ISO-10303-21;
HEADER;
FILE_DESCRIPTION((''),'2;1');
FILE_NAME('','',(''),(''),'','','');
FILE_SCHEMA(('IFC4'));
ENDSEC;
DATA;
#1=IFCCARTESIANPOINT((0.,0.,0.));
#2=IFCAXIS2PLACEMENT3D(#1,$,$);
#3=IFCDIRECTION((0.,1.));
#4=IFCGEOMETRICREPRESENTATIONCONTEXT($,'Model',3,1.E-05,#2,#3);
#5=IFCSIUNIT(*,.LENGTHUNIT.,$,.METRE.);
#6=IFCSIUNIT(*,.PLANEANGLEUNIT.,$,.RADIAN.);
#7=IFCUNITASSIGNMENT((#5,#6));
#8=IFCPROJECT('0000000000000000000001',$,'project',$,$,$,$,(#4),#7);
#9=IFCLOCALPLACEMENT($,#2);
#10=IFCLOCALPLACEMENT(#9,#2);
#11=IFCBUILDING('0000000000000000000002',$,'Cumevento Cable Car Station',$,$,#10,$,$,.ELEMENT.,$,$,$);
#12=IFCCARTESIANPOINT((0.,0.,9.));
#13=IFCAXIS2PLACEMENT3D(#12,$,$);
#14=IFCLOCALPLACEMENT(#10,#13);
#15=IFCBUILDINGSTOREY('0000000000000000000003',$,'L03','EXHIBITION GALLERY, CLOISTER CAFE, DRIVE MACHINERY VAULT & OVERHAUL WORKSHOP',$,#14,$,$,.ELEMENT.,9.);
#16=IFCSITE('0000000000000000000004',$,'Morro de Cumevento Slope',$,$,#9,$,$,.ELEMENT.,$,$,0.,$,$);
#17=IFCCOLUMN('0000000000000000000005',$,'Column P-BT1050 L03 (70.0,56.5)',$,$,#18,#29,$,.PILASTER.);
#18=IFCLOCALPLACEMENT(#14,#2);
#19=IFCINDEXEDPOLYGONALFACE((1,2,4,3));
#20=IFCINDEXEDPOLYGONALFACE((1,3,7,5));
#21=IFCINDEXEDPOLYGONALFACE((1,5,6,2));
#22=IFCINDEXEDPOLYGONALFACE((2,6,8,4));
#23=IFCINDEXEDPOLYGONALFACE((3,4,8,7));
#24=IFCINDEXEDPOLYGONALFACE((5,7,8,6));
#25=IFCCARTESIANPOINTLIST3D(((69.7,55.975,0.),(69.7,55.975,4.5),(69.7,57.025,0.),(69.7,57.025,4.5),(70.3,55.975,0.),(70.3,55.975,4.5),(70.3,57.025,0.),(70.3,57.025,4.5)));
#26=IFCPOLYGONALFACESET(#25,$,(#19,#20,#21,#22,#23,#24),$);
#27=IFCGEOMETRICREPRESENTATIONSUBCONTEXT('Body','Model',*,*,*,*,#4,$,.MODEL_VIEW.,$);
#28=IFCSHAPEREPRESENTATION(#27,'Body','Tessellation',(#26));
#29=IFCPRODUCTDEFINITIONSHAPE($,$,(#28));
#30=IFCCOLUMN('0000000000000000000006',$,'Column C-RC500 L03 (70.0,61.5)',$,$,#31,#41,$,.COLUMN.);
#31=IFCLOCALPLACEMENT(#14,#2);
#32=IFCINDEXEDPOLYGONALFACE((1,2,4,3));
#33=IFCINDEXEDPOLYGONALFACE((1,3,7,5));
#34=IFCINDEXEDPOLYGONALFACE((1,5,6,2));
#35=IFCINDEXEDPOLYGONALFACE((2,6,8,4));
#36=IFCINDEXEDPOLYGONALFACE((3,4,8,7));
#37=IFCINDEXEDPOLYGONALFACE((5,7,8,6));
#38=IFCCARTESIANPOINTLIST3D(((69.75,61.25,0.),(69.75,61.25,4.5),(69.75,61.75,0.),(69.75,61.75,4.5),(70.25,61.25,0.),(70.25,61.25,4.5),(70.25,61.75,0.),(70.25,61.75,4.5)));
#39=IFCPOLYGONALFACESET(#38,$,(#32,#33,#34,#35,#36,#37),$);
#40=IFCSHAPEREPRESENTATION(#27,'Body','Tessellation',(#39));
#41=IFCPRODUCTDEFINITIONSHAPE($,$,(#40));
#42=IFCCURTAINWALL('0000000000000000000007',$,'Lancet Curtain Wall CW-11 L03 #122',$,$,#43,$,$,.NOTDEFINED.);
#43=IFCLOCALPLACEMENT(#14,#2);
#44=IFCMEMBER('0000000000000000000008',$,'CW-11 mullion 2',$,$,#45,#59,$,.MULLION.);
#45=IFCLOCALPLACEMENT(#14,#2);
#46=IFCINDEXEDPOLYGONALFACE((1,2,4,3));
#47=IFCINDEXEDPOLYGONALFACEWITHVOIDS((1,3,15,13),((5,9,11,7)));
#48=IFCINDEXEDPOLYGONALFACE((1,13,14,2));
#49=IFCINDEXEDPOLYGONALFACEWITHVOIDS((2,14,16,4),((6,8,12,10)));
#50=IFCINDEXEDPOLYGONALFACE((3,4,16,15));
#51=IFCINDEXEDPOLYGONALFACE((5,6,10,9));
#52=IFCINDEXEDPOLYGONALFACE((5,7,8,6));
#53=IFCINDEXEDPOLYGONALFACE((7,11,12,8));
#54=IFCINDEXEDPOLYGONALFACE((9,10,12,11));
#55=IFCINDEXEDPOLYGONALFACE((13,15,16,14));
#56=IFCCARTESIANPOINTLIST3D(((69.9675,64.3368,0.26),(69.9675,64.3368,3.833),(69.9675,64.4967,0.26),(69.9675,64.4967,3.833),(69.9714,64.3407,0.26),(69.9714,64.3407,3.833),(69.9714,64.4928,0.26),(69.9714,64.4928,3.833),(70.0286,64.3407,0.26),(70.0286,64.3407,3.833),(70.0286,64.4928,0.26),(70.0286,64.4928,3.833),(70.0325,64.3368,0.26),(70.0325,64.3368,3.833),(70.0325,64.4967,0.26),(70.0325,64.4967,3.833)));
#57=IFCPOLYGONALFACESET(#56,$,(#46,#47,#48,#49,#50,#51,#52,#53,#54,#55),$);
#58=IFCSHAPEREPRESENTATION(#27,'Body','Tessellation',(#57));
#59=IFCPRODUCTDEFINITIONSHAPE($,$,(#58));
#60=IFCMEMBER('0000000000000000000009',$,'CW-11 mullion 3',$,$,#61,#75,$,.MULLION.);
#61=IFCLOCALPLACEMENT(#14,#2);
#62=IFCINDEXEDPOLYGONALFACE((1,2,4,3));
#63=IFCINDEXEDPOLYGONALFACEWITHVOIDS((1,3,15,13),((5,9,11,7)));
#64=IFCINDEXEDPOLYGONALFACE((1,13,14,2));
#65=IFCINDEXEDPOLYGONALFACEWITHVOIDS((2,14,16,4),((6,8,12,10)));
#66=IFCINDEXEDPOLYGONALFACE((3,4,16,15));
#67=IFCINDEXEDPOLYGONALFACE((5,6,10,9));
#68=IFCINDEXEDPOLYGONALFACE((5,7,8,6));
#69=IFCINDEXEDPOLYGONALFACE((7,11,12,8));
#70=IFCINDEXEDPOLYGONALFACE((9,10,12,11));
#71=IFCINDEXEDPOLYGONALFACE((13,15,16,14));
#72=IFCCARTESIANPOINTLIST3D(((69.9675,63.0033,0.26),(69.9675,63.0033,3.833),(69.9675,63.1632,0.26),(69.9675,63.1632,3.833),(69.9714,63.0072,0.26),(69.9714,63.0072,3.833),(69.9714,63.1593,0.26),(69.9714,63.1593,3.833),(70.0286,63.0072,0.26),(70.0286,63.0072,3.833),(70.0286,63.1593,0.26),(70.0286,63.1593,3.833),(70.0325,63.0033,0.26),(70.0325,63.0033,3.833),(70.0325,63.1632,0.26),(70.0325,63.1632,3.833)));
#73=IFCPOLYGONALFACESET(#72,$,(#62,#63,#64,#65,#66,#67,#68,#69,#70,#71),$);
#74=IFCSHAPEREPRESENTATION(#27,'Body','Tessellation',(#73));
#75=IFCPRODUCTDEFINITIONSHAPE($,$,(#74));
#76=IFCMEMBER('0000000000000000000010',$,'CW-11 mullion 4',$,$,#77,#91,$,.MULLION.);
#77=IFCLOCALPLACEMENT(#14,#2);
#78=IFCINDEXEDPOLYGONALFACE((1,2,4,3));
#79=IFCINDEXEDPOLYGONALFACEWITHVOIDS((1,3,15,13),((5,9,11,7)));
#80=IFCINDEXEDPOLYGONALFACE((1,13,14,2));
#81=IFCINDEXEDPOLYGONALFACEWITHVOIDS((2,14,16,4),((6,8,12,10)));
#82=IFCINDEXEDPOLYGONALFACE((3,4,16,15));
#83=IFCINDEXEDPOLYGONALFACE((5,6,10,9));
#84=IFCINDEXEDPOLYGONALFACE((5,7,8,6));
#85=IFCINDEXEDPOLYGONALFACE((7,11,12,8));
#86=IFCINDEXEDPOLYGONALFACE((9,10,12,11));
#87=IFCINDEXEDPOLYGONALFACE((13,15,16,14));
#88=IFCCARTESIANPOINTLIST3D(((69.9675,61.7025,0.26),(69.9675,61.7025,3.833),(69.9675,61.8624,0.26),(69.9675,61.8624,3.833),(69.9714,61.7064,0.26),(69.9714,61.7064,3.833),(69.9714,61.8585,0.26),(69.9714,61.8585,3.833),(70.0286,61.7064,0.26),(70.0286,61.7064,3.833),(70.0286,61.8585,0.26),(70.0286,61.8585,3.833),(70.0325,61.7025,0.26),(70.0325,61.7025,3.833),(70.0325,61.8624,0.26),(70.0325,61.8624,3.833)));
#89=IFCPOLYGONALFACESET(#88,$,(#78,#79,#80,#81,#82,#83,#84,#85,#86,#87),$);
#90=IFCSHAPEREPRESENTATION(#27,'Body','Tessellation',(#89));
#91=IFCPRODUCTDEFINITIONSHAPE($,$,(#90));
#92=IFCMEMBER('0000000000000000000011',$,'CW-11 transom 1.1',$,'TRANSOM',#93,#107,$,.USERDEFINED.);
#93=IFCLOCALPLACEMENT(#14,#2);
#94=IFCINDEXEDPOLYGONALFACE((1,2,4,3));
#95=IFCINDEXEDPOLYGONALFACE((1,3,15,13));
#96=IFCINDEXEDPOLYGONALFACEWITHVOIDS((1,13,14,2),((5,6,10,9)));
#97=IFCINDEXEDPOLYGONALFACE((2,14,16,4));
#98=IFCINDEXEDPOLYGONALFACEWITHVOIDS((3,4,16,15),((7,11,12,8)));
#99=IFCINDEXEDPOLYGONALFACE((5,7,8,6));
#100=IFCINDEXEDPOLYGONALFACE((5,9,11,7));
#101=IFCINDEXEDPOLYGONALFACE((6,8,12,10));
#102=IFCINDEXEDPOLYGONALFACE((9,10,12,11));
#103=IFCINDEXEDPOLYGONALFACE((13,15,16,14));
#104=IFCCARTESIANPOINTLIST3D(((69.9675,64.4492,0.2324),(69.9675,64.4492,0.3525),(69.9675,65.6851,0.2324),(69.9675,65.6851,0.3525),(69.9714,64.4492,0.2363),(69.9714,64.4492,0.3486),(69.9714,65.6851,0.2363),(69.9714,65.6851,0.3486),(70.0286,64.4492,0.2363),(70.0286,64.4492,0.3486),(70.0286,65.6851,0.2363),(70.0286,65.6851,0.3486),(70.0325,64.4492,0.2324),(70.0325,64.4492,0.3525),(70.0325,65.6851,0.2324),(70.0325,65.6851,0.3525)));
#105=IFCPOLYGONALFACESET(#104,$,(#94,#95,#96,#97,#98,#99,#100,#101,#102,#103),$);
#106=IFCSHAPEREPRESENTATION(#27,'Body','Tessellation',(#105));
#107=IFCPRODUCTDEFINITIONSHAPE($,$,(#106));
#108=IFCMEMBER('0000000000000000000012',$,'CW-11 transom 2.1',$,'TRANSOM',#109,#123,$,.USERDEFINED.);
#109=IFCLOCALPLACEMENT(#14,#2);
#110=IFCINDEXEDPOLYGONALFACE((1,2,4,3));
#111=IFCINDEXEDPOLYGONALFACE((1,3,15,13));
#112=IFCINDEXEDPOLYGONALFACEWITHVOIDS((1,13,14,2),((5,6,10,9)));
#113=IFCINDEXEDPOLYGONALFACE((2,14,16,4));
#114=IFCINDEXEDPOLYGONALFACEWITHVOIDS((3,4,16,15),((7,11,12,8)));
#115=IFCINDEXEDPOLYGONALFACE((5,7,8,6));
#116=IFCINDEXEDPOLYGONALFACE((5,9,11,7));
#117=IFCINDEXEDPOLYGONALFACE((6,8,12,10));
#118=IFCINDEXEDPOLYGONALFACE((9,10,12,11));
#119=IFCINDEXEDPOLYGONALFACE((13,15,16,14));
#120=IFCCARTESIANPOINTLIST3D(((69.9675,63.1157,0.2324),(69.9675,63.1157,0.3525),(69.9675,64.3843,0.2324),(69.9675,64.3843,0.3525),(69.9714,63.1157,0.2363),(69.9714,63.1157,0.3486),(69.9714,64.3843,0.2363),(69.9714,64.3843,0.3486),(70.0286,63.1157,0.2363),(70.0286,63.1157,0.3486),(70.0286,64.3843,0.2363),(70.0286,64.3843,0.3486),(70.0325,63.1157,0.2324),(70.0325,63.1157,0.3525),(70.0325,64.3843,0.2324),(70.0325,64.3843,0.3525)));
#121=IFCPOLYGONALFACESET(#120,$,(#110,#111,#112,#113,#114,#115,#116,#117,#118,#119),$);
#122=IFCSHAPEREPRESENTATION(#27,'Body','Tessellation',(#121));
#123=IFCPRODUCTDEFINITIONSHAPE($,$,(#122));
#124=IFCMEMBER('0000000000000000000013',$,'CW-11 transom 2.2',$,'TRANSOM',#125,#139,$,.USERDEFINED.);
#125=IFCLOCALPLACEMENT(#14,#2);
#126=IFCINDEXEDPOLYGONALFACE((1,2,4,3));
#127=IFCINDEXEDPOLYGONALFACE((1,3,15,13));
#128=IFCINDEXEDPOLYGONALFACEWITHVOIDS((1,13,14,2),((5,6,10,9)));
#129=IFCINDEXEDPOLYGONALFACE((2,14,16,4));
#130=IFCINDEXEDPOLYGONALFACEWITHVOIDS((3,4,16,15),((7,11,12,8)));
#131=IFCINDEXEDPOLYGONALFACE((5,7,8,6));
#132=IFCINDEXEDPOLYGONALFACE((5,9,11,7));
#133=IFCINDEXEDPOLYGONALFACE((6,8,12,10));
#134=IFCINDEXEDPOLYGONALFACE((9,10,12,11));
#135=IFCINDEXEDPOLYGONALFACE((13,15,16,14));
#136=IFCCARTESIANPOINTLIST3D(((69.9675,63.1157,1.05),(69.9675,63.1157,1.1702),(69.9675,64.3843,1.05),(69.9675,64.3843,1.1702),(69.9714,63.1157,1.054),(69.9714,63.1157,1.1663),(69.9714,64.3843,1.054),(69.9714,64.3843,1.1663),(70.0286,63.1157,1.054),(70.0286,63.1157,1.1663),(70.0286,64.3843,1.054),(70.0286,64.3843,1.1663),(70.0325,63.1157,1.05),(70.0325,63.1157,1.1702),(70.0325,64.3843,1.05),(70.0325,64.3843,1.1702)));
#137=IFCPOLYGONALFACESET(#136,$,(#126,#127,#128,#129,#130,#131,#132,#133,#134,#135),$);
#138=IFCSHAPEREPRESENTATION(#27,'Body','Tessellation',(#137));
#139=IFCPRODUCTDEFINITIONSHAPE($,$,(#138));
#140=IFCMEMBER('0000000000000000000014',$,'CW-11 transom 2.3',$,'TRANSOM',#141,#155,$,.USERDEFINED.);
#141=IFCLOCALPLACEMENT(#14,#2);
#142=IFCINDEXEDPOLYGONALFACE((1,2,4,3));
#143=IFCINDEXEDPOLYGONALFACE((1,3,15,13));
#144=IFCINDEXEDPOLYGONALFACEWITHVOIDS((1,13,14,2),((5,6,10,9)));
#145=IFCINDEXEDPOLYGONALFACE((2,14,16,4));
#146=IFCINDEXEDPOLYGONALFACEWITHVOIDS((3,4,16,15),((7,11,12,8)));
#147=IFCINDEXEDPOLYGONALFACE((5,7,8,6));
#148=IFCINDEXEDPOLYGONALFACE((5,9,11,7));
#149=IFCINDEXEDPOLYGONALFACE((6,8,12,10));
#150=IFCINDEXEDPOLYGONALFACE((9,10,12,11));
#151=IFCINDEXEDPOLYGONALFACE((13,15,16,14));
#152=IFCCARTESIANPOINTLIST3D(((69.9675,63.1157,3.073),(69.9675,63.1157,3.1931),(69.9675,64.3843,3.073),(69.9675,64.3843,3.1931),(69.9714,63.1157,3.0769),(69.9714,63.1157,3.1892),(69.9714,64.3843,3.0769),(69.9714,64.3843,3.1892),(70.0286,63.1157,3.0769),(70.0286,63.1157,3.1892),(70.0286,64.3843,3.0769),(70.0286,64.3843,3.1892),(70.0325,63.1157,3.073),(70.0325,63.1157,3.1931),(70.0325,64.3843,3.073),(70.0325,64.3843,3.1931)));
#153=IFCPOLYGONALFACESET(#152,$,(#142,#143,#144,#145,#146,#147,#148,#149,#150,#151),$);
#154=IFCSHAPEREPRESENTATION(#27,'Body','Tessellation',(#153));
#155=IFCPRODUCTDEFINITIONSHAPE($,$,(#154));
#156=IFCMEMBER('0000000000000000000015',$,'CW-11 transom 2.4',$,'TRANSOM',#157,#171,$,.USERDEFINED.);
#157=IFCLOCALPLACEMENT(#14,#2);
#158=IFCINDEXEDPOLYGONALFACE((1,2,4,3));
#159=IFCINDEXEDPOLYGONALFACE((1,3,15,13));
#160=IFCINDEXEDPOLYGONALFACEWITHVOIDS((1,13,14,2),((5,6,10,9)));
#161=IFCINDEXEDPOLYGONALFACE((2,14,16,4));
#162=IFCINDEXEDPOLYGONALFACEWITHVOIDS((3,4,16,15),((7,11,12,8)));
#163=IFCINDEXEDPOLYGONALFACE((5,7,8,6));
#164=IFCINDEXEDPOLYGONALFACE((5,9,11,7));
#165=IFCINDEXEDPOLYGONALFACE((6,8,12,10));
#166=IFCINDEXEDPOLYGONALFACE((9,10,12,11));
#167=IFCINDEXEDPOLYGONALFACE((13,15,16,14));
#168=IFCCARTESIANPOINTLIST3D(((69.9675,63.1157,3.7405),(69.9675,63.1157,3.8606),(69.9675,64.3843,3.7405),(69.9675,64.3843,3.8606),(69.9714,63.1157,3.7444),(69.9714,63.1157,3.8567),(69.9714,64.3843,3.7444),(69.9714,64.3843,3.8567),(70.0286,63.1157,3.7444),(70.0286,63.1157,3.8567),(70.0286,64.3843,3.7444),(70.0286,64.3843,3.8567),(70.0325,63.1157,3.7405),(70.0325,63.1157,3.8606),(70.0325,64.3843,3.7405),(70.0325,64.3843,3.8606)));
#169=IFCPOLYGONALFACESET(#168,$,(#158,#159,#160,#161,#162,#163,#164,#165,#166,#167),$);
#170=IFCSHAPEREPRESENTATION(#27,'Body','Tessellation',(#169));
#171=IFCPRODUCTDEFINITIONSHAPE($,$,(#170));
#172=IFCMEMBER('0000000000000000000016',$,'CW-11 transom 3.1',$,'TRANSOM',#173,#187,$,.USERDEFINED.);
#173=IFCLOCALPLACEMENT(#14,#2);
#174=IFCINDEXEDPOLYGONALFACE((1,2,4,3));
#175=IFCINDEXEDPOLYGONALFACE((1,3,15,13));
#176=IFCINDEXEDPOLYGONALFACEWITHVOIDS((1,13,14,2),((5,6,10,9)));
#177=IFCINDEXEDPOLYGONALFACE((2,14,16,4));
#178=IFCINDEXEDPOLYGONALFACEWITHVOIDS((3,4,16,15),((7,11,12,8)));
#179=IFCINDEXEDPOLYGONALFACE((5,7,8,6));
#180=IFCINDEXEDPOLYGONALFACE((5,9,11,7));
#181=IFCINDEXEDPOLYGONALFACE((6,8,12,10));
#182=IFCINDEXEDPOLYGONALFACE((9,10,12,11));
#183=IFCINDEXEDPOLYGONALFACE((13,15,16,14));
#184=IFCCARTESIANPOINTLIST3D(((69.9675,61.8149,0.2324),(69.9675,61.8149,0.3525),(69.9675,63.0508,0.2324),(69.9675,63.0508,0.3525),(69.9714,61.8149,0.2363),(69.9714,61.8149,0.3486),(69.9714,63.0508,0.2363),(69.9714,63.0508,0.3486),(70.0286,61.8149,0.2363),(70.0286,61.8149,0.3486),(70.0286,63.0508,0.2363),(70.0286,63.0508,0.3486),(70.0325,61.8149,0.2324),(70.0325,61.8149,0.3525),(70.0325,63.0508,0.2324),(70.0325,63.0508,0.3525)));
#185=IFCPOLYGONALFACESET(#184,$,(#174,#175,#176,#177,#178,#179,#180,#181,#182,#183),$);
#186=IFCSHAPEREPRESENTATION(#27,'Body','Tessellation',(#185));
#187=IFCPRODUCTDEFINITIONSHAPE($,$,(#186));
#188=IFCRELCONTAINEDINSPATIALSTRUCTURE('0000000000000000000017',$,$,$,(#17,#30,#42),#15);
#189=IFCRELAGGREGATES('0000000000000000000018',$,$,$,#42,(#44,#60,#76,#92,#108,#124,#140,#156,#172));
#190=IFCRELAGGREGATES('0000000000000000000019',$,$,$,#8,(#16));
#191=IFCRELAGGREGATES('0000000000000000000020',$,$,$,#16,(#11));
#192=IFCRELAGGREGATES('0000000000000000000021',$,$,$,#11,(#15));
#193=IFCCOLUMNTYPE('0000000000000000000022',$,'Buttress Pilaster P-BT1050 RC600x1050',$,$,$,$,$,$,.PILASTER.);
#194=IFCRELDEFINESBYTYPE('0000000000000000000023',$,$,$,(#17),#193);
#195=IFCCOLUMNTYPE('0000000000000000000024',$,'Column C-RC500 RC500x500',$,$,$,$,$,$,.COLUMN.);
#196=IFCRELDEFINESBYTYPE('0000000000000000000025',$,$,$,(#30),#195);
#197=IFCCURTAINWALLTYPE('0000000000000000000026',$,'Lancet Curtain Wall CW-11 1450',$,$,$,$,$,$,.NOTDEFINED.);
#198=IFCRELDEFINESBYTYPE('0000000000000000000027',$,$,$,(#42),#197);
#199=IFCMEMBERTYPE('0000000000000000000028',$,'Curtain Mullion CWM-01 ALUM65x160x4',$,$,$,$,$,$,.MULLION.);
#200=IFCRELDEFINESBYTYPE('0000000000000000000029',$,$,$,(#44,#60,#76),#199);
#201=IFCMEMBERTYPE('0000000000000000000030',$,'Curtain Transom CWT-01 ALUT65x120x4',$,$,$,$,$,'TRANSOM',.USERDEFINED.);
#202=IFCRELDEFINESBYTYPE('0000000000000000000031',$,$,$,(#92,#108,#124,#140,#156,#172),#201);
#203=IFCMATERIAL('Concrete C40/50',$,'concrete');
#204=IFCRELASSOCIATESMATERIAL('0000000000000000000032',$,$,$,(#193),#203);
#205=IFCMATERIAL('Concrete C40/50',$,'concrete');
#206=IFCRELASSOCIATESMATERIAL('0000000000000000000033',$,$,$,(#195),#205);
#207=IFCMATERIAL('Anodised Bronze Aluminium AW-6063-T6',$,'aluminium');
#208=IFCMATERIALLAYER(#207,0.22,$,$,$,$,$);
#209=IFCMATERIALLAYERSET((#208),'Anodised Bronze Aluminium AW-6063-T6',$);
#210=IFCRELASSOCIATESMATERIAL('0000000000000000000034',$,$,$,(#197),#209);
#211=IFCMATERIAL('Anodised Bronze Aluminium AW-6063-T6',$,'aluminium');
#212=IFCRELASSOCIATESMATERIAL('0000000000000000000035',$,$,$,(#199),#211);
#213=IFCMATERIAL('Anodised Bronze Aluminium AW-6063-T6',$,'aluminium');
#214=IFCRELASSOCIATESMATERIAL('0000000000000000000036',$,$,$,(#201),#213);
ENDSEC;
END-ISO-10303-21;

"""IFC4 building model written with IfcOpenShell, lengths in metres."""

from ifc_helpers import new_model, si_unit, direction, frame, origin, origin_2d, place, context, subcontext, project, spatial, rectangle, hollow_rectangle, extrude, material, layer, layer_set, material_profile, profile_set, type_object, element, aggregate, save


model = new_model("IFC4")

# Units and contexts
model_context = context("Model", 3, precision=1e-05, world=origin(), true_north=direction((0.0, 1.0)))
body_context = subcontext(model_context, "Body", "Model", "MODEL_VIEW")
ifc_project = project(units=[si_unit("LENGTHUNIT", "METRE"), si_unit("PLANEANGLEUNIT", "RADIAN")], contexts=[model_context])

# Site, building, storey
site_placement = place(None, origin())
site = spatial("IfcSite", under=ifc_project, at=site_placement, Name="Morro de Cumevento Slope", CompositionType="ELEMENT", RefElevation=0.0)
building_placement = place(site_placement, origin())
building = spatial("IfcBuilding", under=site, at=building_placement, Name="Cumevento Cable Car Station", CompositionType="ELEMENT")
storey_placement = place(building_placement, frame((0.0, 0.0, 9.0)))
storey = spatial("IfcBuildingStorey", under=building, at=storey_placement, Name="L03", Description="EXHIBITION GALLERY, CLOISTER CAFE, DRIVE MACHINERY VAULT & OVERHAUL WORKSHOP", CompositionType="ELEMENT", Elevation=9.0)

# Columns
ifc_material_1 = material(Name="Concrete C40/50", Category="concrete")
ifc_material_profile_1 = material_profile(ifc_material_1, rectangle(XDim=0.6001, YDim=1.05, at=origin_2d()), Name="RC600x1050")
ifc_profile_set_1 = profile_set([ifc_material_profile_1], Name="Concrete C40/50")
column_type_1 = type_object("IfcColumnType", Name="Buttress Pilaster P-BT1050 RC600x1050", PredefinedType="PILASTER", material=ifc_profile_set_1)
column_1_placement = place(storey_placement, frame((70.0, 56.5, 0.0), z_axis=(0.0, 0.0, 1.0), x_axis=(1.0, 0.0, 0.0)))
element("IfcColumn", 1, at=column_1_placement, inside=storey, type_object=column_type_1, Name="Column P-BT1050 L03 (70.0,56.5)", PredefinedType="PILASTER", context=body_context, shape_type="SweptSolid", body=[
    extrude(rectangle(XDim=0.6001, YDim=1.05, at=origin_2d()), origin(), (0.0, 0.0, 1.0), 4.5),
])
ifc_material_2 = material(Name="Concrete C40/50", Category="concrete")
ifc_material_profile_2 = material_profile(ifc_material_2, rectangle(XDim=0.5, YDim=0.5, at=origin_2d()), Name="RC500x500")
ifc_profile_set_2 = profile_set([ifc_material_profile_2], Name="Concrete C40/50")
column_type_2 = type_object("IfcColumnType", Name="Column C-RC500 RC500x500", PredefinedType="COLUMN", material=ifc_profile_set_2)
column_2_placement = place(storey_placement, frame((70.0, 61.5, 0.0), z_axis=(0.0, 0.0, 1.0), x_axis=(1.0, 0.0, 0.0)))
element("IfcColumn", 2, at=column_2_placement, inside=storey, type_object=column_type_2, Name="Column C-RC500 L03 (70.0,61.5)", PredefinedType="COLUMN", context=body_context, shape_type="SweptSolid", body=[
    extrude(rectangle(XDim=0.5, YDim=0.5, at=origin_2d()), origin(), (0.0, 0.0, 1.0), 4.5),
])

# Curtain wall, members
ifc_material_3 = material(Name="Anodised Bronze Aluminium AW-6063-T6", Category="aluminium")
ifc_layer_1 = layer(ifc_material_3, 0.22)
ifc_layer_set_1 = layer_set([ifc_layer_1], Name="Anodised Bronze Aluminium AW-6063-T6")
curtain_wall_type = type_object("IfcCurtainWallType", Name="Lancet Curtain Wall CW-11 1450", PredefinedType="NOTDEFINED", material=ifc_layer_set_1)
curtain_wall_placement = place(storey_placement, origin())
curtain_wall = element("IfcCurtainWall", 3, at=curtain_wall_placement, inside=storey, type_object=curtain_wall_type, Name="Lancet Curtain Wall CW-11 L03 #122", PredefinedType="NOTDEFINED")
ifc_material_4 = material(Name="Anodised Bronze Aluminium AW-6063-T6", Category="aluminium")
ifc_material_profile_3 = material_profile(ifc_material_4, hollow_rectangle(XDim=0.0649, YDim=0.1599, WallThickness=0.0039, at=origin_2d()), Name="ALUM65x160x4")
ifc_profile_set_3 = profile_set([ifc_material_profile_3], Name="Anodised Bronze Aluminium AW-6063-T6")
member_type_1 = type_object("IfcMemberType", Name="Curtain Mullion CWM-01 ALUM65x160x4", PredefinedType="MULLION", material=ifc_profile_set_3)
member_1_placement = place(storey_placement, frame((70.0, 64.4167, 0.26), z_axis=(0.0, 0.0, 1.0), x_axis=(1.0, 0.0, 0.0)))
member_1 = element("IfcMember", 4, at=member_1_placement, type_object=member_type_1, Name="CW-11 mullion 2", PredefinedType="MULLION", context=body_context, shape_type="SweptSolid", body=[
    extrude(hollow_rectangle(XDim=0.0649, YDim=0.1599, WallThickness=0.0039, at=origin_2d()), origin(), (0.0, 0.0, 1.0), 3.573),
])
member_2_placement = place(storey_placement, frame((70.0, 63.0833, 0.26), z_axis=(0.0, 0.0, 1.0), x_axis=(1.0, 0.0, 0.0)))
member_2 = element("IfcMember", 5, at=member_2_placement, type_object=member_type_1, Name="CW-11 mullion 3", PredefinedType="MULLION", context=body_context, shape_type="SweptSolid", body=[
    extrude(hollow_rectangle(XDim=0.0649, YDim=0.1599, WallThickness=0.0039, at=origin_2d()), origin(), (0.0, 0.0, 1.0), 3.573),
])
member_3_placement = place(storey_placement, frame((70.0, 61.7825, 0.26), z_axis=(0.0, 0.0, 1.0), x_axis=(1.0, 0.0, 0.0)))
member_3 = element("IfcMember", 6, at=member_3_placement, type_object=member_type_1, Name="CW-11 mullion 4", PredefinedType="MULLION", context=body_context, shape_type="SweptSolid", body=[
    extrude(hollow_rectangle(XDim=0.0649, YDim=0.1599, WallThickness=0.0039, at=origin_2d()), origin(), (0.0, 0.0, 1.0), 3.573),
])
ifc_material_5 = material(Name="Anodised Bronze Aluminium AW-6063-T6", Category="aluminium")
ifc_material_profile_4 = material_profile(ifc_material_5, hollow_rectangle(XDim=0.0649, YDim=0.1201, WallThickness=0.0039, at=origin_2d()), Name="ALUT65x120x4")
ifc_profile_set_4 = profile_set([ifc_material_profile_4], Name="Anodised Bronze Aluminium AW-6063-T6")
member_type_2 = type_object("IfcMemberType", Name="Curtain Transom CWT-01 ALUT65x120x4", ElementType="TRANSOM", PredefinedType="USERDEFINED", material=ifc_profile_set_4)
member_4_placement = place(storey_placement, frame((70.0, 65.6851, 0.2925), z_axis=(0.0, -1.0, 0.0), x_axis=(1.0, 0.0, 0.0)))
member_4 = element("IfcMember", 7, at=member_4_placement, type_object=member_type_2, Name="CW-11 transom 1.1", ObjectType="TRANSOM", PredefinedType="USERDEFINED", context=body_context, shape_type="SweptSolid", body=[
    extrude(hollow_rectangle(XDim=0.0649, YDim=0.1201, WallThickness=0.0039, at=origin_2d()), origin(), (0.0, 0.0, 1.0), 1.2358),
])
member_5_placement = place(storey_placement, frame((70.0, 64.3843, 0.2925), z_axis=(0.0, -1.0, 0.0), x_axis=(1.0, 0.0, 0.0)))
member_5 = element("IfcMember", 8, at=member_5_placement, type_object=member_type_2, Name="CW-11 transom 2.1", ObjectType="TRANSOM", PredefinedType="USERDEFINED", context=body_context, shape_type="SweptSolid", body=[
    extrude(hollow_rectangle(XDim=0.0649, YDim=0.1201, WallThickness=0.0039, at=origin_2d()), origin(), (0.0, 0.0, 1.0), 1.2686),
])
member_6_placement = place(storey_placement, frame((70.0, 64.3843, 1.1101), z_axis=(0.0, -1.0, 0.0), x_axis=(1.0, 0.0, 0.0)))
member_6 = element("IfcMember", 9, at=member_6_placement, type_object=member_type_2, Name="CW-11 transom 2.2", ObjectType="TRANSOM", PredefinedType="USERDEFINED", context=body_context, shape_type="SweptSolid", body=[
    extrude(hollow_rectangle(XDim=0.0649, YDim=0.1201, WallThickness=0.0039, at=origin_2d()), origin(), (0.0, 0.0, 1.0), 1.2686),
])
member_7_placement = place(storey_placement, frame((70.0, 64.3843, 3.1331), z_axis=(0.0, -1.0, 0.0), x_axis=(1.0, 0.0, 0.0)))
member_7 = element("IfcMember", 10, at=member_7_placement, type_object=member_type_2, Name="CW-11 transom 2.3", ObjectType="TRANSOM", PredefinedType="USERDEFINED", context=body_context, shape_type="SweptSolid", body=[
    extrude(hollow_rectangle(XDim=0.0649, YDim=0.1201, WallThickness=0.0039, at=origin_2d()), origin(), (0.0, 0.0, 1.0), 1.2686),
])
member_8_placement = place(storey_placement, frame((70.0, 64.3843, 3.8005), z_axis=(0.0, -1.0, 0.0), x_axis=(1.0, 0.0, 0.0)))
member_8 = element("IfcMember", 11, at=member_8_placement, type_object=member_type_2, Name="CW-11 transom 2.4", ObjectType="TRANSOM", PredefinedType="USERDEFINED", context=body_context, shape_type="SweptSolid", body=[
    extrude(hollow_rectangle(XDim=0.0649, YDim=0.1201, WallThickness=0.0039, at=origin_2d()), origin(), (0.0, 0.0, 1.0), 1.2686),
])
member_9_placement = place(storey_placement, frame((70.0, 63.0508, 0.2925), z_axis=(0.0, -1.0, 0.0), x_axis=(1.0, 0.0, 0.0)))
member_9 = element("IfcMember", 12, at=member_9_placement, type_object=member_type_2, Name="CW-11 transom 3.1", ObjectType="TRANSOM", PredefinedType="USERDEFINED", context=body_context, shape_type="SweptSolid", body=[
    extrude(hollow_rectangle(XDim=0.0649, YDim=0.1201, WallThickness=0.0039, at=origin_2d()), origin(), (0.0, 0.0, 1.0), 1.2358),
])

aggregate(curtain_wall, [member_1, member_2, member_3, member_4, member_5, member_6, member_7, member_8, member_9])

save(model, "model.ifc")
